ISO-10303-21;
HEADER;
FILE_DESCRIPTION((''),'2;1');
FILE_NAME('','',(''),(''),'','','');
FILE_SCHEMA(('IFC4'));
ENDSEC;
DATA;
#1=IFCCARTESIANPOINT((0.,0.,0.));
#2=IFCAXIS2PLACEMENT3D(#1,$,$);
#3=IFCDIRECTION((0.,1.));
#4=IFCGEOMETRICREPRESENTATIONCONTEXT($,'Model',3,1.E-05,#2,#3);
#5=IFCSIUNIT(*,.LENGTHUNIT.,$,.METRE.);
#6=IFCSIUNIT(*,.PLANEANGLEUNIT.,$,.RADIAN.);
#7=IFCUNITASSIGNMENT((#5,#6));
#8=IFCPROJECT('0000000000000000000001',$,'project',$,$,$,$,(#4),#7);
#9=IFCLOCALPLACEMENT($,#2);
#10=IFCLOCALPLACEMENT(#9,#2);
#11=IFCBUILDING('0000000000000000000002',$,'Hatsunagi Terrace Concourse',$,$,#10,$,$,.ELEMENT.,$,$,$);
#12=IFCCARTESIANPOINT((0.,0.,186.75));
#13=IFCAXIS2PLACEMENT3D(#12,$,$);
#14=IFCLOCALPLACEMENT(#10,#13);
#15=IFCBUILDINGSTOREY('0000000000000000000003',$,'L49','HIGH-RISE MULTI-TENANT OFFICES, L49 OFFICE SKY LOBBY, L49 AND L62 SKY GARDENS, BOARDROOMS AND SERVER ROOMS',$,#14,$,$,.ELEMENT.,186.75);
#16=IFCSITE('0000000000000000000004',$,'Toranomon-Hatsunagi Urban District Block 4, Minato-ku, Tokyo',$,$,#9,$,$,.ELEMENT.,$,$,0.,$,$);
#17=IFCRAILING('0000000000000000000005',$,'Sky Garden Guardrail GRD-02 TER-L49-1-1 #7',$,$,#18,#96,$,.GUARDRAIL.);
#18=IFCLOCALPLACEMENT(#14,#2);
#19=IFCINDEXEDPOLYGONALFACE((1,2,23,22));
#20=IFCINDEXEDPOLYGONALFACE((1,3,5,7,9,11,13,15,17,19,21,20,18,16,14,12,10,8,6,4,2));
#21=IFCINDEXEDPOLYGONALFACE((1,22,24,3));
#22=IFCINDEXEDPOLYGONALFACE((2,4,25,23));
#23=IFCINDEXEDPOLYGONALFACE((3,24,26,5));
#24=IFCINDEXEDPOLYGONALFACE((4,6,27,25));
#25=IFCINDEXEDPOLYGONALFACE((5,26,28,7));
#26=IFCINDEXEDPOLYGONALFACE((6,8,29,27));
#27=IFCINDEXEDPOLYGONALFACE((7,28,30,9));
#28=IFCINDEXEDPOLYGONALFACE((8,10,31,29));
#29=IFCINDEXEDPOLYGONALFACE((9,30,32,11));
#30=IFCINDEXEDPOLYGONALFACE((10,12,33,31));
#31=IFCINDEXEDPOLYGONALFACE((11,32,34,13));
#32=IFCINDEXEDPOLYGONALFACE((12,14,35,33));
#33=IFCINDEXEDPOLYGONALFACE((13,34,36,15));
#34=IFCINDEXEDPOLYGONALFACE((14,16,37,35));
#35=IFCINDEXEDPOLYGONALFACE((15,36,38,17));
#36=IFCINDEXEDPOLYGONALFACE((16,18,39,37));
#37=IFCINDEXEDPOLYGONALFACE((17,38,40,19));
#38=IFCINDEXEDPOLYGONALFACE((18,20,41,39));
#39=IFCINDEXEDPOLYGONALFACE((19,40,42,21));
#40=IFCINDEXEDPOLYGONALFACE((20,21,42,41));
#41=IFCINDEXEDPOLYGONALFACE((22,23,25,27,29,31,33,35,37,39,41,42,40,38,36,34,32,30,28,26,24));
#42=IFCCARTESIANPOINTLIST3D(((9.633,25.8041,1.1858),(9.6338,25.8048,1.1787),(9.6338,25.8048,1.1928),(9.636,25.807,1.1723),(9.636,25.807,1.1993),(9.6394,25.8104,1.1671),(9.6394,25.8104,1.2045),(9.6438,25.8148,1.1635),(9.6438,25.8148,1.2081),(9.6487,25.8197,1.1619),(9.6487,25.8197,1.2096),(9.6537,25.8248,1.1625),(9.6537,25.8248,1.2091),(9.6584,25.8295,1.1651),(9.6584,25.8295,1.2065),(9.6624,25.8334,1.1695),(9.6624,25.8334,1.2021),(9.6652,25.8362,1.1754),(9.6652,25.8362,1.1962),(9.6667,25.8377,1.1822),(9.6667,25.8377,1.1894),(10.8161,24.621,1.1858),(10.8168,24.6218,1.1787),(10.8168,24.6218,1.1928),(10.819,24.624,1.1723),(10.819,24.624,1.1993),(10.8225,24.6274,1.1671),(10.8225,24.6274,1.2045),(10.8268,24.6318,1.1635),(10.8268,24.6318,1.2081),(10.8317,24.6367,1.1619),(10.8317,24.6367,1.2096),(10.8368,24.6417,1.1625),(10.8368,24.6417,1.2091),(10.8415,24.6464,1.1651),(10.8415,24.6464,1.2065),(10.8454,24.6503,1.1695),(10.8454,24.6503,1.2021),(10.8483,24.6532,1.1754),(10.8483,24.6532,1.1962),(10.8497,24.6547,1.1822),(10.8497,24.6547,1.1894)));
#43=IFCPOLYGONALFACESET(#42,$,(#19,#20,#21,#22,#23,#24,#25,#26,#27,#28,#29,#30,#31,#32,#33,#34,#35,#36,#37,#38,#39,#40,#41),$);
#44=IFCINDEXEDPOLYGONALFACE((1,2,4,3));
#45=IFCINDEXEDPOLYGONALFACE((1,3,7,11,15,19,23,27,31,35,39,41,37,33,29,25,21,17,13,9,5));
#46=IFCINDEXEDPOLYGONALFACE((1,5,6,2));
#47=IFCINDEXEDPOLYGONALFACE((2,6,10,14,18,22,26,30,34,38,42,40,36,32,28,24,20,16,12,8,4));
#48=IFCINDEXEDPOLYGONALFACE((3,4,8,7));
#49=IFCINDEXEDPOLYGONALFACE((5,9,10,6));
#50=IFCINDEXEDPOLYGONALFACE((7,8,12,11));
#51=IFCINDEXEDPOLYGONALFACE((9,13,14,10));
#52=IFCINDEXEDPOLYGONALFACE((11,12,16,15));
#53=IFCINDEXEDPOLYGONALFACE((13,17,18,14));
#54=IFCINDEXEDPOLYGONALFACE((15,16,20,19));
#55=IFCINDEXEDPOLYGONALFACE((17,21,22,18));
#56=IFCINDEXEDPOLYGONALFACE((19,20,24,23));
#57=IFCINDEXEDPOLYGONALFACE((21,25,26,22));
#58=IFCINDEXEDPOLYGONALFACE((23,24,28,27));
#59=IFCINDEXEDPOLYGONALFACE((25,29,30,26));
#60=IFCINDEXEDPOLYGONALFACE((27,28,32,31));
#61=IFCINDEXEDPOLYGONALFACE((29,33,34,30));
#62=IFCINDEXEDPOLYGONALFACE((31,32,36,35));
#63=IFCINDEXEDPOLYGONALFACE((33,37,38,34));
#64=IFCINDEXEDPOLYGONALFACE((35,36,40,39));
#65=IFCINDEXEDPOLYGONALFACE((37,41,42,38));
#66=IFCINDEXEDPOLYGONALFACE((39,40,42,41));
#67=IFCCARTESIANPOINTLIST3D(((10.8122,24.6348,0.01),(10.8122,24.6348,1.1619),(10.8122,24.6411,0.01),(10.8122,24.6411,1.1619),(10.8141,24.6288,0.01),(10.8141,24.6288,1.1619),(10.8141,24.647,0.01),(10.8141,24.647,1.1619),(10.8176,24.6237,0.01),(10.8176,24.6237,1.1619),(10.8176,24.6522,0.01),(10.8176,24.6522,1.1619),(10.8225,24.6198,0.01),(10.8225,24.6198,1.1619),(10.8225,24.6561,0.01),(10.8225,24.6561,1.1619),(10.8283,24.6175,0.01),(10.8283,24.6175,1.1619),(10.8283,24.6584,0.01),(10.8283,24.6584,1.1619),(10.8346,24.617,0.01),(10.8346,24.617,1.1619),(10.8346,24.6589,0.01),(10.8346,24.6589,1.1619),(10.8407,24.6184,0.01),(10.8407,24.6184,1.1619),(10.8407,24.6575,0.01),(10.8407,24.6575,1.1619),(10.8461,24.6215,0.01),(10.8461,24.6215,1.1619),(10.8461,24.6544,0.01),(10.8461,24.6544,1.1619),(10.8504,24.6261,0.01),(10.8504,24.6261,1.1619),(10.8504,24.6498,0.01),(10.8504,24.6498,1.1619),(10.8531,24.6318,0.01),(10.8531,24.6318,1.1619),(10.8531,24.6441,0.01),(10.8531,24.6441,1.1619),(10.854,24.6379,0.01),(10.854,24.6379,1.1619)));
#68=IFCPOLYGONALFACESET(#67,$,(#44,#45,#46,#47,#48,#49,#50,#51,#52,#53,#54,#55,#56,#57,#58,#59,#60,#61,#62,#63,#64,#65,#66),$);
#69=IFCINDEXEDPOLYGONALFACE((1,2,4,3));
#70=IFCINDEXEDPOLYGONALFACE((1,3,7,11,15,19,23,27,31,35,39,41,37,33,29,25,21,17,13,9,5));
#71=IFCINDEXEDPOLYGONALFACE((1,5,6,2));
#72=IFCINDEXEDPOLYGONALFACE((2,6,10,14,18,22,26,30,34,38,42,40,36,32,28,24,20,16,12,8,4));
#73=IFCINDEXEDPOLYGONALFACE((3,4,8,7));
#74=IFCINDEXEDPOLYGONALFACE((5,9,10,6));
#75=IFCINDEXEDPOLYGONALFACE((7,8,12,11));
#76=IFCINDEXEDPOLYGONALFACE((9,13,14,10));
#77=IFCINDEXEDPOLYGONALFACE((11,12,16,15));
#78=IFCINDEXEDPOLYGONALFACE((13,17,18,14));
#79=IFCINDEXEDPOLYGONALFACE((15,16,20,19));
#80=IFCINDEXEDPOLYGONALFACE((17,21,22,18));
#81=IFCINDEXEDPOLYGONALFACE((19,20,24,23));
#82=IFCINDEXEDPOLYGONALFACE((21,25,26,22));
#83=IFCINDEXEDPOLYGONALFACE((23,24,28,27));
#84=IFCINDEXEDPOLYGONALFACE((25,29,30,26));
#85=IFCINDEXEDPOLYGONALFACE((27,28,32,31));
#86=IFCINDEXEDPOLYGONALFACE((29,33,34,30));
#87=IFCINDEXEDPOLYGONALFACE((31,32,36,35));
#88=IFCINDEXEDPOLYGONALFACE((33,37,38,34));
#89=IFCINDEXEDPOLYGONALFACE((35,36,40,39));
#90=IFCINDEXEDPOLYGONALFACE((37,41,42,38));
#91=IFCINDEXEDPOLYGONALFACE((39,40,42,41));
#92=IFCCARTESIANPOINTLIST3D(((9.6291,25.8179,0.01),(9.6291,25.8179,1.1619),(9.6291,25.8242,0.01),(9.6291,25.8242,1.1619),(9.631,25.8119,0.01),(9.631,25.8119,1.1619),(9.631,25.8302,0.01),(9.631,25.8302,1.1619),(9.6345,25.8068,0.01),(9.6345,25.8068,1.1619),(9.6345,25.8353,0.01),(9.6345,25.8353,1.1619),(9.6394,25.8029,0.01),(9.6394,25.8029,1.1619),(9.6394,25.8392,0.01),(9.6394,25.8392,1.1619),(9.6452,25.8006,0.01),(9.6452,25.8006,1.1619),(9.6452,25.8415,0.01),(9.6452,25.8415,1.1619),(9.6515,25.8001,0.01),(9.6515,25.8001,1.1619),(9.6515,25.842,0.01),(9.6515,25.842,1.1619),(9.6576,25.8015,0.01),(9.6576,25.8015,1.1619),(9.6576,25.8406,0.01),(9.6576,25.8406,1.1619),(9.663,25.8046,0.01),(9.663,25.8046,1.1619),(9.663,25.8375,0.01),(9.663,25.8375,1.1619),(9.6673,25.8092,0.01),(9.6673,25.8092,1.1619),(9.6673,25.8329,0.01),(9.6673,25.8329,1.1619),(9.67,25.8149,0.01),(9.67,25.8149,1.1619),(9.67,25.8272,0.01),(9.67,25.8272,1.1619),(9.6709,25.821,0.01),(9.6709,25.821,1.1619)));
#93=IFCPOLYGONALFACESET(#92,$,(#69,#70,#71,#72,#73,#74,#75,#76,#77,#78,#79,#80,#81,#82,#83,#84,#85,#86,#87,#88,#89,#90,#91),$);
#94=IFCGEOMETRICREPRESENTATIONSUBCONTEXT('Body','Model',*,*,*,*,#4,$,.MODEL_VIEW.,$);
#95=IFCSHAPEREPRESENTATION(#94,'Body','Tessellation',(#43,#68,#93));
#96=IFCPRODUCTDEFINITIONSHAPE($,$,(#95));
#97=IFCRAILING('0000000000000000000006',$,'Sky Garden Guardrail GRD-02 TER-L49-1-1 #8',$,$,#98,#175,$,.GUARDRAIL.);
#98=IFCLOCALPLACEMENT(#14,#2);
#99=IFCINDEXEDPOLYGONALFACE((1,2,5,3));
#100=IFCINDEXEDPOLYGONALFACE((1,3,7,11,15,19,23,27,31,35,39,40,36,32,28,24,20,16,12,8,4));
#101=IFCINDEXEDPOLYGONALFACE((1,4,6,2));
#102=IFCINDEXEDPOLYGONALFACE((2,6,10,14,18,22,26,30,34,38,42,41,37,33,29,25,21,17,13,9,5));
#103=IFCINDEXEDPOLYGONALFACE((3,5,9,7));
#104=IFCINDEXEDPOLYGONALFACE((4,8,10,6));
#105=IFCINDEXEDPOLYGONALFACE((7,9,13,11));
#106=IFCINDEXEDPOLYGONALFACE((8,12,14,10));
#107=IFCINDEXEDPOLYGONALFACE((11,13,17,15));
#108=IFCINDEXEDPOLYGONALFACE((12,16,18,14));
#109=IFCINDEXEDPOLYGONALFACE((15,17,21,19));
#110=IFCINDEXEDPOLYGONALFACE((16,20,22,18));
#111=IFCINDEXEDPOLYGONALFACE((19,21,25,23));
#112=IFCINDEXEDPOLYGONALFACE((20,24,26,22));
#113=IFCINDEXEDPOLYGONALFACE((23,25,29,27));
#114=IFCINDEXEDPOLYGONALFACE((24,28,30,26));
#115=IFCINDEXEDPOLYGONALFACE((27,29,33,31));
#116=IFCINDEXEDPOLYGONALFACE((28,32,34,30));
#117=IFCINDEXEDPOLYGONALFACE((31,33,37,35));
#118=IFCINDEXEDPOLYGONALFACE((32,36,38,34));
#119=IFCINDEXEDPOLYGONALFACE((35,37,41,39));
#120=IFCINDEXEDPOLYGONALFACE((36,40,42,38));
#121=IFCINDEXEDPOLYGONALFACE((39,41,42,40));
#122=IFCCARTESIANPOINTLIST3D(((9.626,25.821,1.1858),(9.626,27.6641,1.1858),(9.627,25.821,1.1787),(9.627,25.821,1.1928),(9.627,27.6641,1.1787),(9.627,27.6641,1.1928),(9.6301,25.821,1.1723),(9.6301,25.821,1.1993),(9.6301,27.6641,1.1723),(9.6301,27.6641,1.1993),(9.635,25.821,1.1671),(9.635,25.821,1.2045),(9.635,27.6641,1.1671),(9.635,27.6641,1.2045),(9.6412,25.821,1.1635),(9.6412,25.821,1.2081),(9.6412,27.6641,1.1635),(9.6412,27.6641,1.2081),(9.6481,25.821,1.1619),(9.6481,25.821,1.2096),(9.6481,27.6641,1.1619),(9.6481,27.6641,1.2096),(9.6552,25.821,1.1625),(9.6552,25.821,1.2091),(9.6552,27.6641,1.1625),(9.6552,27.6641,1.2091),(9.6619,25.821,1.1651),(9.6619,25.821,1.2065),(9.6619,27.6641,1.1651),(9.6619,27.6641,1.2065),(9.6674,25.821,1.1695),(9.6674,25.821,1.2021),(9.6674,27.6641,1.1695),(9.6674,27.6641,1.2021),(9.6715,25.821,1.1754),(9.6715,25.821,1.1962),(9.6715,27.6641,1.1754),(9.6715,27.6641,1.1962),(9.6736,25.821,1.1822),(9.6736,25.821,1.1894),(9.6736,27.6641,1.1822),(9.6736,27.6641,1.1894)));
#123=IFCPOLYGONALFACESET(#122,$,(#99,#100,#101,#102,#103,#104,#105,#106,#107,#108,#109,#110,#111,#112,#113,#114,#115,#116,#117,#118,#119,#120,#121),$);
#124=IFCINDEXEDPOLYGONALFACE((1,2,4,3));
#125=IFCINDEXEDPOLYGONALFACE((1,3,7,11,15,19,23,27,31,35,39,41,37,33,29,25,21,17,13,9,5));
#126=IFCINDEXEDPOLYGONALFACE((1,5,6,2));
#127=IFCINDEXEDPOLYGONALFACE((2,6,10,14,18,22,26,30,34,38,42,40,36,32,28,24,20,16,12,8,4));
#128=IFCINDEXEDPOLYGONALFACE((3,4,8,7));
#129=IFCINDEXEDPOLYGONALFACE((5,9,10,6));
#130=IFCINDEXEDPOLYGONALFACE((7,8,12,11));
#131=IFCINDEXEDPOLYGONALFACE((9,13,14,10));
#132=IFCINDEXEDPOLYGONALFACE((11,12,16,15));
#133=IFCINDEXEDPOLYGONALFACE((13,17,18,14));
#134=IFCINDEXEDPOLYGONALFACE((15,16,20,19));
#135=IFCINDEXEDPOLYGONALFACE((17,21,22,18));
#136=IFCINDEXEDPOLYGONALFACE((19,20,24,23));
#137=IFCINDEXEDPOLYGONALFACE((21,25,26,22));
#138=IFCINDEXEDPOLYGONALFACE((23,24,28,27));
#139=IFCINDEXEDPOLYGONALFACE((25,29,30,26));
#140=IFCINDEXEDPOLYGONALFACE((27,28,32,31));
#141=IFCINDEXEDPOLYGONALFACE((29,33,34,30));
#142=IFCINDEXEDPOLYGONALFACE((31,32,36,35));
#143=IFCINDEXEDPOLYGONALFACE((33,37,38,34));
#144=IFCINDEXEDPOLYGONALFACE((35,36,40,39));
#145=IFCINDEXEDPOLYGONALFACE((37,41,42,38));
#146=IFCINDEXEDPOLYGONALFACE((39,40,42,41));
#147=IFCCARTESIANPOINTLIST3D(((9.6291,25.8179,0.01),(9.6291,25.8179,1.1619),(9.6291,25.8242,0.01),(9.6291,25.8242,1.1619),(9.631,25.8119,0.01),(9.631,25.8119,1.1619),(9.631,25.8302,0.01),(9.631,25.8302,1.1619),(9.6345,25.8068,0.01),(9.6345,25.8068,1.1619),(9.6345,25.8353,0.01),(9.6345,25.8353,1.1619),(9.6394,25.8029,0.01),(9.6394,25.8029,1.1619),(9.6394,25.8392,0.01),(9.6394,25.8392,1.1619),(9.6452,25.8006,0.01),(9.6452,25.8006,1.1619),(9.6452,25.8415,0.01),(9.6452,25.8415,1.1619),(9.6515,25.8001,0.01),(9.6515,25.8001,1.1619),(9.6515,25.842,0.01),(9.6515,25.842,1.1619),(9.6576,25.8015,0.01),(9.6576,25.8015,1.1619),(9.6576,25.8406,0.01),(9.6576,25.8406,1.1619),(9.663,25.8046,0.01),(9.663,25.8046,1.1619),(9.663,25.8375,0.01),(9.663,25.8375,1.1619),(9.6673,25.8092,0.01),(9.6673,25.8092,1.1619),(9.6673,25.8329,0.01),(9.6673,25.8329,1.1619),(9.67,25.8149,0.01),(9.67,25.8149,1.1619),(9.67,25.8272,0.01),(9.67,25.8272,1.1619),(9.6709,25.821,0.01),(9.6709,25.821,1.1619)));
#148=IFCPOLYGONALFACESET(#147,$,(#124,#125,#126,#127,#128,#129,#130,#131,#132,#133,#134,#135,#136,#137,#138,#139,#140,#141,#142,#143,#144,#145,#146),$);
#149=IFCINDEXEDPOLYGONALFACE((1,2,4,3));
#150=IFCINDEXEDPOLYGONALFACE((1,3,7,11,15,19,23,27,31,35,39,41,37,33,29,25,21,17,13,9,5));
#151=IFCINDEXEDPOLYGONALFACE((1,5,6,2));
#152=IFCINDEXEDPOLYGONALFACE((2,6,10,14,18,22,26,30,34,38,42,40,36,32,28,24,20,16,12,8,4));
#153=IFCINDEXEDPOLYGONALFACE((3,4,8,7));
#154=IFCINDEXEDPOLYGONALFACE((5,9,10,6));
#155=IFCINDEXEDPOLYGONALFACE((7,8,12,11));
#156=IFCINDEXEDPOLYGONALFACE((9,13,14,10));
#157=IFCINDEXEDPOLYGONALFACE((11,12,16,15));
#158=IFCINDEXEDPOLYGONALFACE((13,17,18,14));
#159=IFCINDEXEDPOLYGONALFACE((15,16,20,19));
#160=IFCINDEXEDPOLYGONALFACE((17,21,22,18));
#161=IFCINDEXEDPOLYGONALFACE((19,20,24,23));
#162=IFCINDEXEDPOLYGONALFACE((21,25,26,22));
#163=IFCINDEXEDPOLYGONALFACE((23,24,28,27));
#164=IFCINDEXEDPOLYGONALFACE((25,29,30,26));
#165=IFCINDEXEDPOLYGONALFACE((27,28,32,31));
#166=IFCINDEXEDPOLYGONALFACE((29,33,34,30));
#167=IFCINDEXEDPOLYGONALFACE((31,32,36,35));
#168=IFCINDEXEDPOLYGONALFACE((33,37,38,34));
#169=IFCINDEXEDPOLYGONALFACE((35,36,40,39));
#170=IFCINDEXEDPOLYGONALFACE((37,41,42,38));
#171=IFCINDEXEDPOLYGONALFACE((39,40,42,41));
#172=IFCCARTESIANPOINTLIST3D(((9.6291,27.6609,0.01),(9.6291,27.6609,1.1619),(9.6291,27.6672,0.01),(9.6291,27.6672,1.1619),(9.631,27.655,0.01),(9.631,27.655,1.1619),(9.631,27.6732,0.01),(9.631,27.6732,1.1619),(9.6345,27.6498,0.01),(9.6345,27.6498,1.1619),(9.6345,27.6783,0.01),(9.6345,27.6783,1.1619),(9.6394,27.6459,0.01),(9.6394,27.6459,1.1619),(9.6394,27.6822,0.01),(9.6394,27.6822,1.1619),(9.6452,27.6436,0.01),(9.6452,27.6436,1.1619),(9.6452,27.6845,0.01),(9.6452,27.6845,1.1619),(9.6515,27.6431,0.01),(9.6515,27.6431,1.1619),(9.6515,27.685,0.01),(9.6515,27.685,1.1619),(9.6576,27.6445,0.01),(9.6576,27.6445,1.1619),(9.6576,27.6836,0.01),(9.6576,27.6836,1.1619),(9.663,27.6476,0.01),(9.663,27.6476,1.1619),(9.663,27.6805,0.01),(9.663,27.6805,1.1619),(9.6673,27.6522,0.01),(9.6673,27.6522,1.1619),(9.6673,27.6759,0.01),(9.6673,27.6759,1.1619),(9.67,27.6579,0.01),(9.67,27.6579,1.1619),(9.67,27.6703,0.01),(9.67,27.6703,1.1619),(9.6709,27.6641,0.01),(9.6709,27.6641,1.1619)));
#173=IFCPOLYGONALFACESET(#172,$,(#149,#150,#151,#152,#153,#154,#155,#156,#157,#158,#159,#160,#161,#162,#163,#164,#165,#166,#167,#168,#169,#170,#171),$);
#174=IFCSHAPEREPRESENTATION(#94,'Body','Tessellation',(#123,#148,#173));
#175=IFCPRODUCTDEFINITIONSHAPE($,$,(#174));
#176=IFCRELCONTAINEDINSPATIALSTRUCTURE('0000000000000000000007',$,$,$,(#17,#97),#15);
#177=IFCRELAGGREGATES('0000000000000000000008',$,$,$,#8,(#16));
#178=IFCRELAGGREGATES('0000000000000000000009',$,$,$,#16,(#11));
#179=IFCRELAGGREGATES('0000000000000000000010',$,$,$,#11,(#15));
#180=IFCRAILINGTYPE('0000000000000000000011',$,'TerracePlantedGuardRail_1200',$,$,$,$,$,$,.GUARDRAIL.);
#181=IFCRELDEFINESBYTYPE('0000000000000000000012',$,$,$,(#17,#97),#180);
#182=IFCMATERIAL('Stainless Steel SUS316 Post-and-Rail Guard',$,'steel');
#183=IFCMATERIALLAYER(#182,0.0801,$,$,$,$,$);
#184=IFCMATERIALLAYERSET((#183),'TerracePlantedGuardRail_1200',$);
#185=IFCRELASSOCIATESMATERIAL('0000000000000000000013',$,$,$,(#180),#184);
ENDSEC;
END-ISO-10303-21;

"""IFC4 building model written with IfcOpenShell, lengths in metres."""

from ifc_helpers import new_model, si_unit, direction, frame, origin, origin_2d, place, context, subcontext, project, spatial, circle, extrude, material, layer, layer_set, type_object, element, save


model = new_model("IFC4")

# Units and contexts
model_context = context("Model", 3, precision=1e-05, world=origin(), true_north=direction((0.0, 1.0)))
body_context = subcontext(model_context, "Body", "Model", "MODEL_VIEW")
ifc_project = project(units=[si_unit("LENGTHUNIT", "METRE"), si_unit("PLANEANGLEUNIT", "RADIAN")], contexts=[model_context])

# Site, building, storey
site_placement = place(None, origin())
site = spatial("IfcSite", under=ifc_project, at=site_placement, Name="Toranomon-Hatsunagi Urban District Block 4, Minato-ku, Tokyo", CompositionType="ELEMENT", RefElevation=0.0)
building_placement = place(site_placement, origin())
building = spatial("IfcBuilding", under=site, at=building_placement, Name="Hatsunagi Terrace Concourse", CompositionType="ELEMENT")
storey_placement = place(building_placement, frame((0.0, 0.0, 186.75)))
storey = spatial("IfcBuildingStorey", under=building, at=storey_placement, Name="L49", Description="HIGH-RISE MULTI-TENANT OFFICES, L49 OFFICE SKY LOBBY, L49 AND L62 SKY GARDENS, BOARDROOMS AND SERVER ROOMS", CompositionType="ELEMENT", Elevation=186.75)

# Railings
ifc_material_1 = material(Name="Stainless Steel SUS316 Post-and-Rail Guard", Category="steel")
ifc_layer_1 = layer(ifc_material_1, 0.0801)
ifc_layer_set_1 = layer_set([ifc_layer_1], Name="TerracePlantedGuardRail_1200")
railing_type = type_object("IfcRailingType", Name="TerracePlantedGuardRail_1200", PredefinedType="GUARDRAIL", material=ifc_layer_set_1)
railing_1_placement = place(storey_placement, frame((10.833, 24.6379, 0.01)))
element("IfcRailing", 1, at=railing_1_placement, inside=storey, type_object=railing_type, Name="Sky Garden Guardrail GRD-02 TER-L49-1-1 #7", PredefinedType="GUARDRAIL", context=body_context, shape_type="SweptSolid", body=[
    extrude(circle(Radius=0.0239, at=origin_2d()), frame((0.0, 0.0, 1.1758), z_axis=(-0.707107, 0.707107, 0.0), x_axis=(-0.707107, -0.707107, 0.0)), (0.0, 0.0, 1.0), 1.6731),
    extrude(circle(Radius=0.021, at=origin_2d()), origin(), (0.0, 0.0, 1.0), 1.1519),
    extrude(circle(Radius=0.021, at=origin_2d()), frame((-1.1831, 1.1831, 0.0)), (0.0, 0.0, 1.0), 1.1519),
])
railing_2_placement = place(storey_placement, frame((9.6499, 25.821, 0.01)))
element("IfcRailing", 2, at=railing_2_placement, inside=storey, type_object=railing_type, Name="Sky Garden Guardrail GRD-02 TER-L49-1-1 #8", PredefinedType="GUARDRAIL", context=body_context, shape_type="SweptSolid", body=[
    extrude(circle(Radius=0.0239, at=origin_2d()), frame((0.0, 0.0, 1.1758), z_axis=(0.0, 1.0, 0.0), x_axis=(-1.0, 0.0, 0.0)), (0.0, 0.0, 1.0), 1.843),
    extrude(circle(Radius=0.021, at=origin_2d()), origin(), (0.0, 0.0, 1.0), 1.1519),
    extrude(circle(Radius=0.021, at=origin_2d()), frame((0.0, 1.843, 0.0)), (0.0, 0.0, 1.0), 1.1519),
])

save(model, "model.ifc")
